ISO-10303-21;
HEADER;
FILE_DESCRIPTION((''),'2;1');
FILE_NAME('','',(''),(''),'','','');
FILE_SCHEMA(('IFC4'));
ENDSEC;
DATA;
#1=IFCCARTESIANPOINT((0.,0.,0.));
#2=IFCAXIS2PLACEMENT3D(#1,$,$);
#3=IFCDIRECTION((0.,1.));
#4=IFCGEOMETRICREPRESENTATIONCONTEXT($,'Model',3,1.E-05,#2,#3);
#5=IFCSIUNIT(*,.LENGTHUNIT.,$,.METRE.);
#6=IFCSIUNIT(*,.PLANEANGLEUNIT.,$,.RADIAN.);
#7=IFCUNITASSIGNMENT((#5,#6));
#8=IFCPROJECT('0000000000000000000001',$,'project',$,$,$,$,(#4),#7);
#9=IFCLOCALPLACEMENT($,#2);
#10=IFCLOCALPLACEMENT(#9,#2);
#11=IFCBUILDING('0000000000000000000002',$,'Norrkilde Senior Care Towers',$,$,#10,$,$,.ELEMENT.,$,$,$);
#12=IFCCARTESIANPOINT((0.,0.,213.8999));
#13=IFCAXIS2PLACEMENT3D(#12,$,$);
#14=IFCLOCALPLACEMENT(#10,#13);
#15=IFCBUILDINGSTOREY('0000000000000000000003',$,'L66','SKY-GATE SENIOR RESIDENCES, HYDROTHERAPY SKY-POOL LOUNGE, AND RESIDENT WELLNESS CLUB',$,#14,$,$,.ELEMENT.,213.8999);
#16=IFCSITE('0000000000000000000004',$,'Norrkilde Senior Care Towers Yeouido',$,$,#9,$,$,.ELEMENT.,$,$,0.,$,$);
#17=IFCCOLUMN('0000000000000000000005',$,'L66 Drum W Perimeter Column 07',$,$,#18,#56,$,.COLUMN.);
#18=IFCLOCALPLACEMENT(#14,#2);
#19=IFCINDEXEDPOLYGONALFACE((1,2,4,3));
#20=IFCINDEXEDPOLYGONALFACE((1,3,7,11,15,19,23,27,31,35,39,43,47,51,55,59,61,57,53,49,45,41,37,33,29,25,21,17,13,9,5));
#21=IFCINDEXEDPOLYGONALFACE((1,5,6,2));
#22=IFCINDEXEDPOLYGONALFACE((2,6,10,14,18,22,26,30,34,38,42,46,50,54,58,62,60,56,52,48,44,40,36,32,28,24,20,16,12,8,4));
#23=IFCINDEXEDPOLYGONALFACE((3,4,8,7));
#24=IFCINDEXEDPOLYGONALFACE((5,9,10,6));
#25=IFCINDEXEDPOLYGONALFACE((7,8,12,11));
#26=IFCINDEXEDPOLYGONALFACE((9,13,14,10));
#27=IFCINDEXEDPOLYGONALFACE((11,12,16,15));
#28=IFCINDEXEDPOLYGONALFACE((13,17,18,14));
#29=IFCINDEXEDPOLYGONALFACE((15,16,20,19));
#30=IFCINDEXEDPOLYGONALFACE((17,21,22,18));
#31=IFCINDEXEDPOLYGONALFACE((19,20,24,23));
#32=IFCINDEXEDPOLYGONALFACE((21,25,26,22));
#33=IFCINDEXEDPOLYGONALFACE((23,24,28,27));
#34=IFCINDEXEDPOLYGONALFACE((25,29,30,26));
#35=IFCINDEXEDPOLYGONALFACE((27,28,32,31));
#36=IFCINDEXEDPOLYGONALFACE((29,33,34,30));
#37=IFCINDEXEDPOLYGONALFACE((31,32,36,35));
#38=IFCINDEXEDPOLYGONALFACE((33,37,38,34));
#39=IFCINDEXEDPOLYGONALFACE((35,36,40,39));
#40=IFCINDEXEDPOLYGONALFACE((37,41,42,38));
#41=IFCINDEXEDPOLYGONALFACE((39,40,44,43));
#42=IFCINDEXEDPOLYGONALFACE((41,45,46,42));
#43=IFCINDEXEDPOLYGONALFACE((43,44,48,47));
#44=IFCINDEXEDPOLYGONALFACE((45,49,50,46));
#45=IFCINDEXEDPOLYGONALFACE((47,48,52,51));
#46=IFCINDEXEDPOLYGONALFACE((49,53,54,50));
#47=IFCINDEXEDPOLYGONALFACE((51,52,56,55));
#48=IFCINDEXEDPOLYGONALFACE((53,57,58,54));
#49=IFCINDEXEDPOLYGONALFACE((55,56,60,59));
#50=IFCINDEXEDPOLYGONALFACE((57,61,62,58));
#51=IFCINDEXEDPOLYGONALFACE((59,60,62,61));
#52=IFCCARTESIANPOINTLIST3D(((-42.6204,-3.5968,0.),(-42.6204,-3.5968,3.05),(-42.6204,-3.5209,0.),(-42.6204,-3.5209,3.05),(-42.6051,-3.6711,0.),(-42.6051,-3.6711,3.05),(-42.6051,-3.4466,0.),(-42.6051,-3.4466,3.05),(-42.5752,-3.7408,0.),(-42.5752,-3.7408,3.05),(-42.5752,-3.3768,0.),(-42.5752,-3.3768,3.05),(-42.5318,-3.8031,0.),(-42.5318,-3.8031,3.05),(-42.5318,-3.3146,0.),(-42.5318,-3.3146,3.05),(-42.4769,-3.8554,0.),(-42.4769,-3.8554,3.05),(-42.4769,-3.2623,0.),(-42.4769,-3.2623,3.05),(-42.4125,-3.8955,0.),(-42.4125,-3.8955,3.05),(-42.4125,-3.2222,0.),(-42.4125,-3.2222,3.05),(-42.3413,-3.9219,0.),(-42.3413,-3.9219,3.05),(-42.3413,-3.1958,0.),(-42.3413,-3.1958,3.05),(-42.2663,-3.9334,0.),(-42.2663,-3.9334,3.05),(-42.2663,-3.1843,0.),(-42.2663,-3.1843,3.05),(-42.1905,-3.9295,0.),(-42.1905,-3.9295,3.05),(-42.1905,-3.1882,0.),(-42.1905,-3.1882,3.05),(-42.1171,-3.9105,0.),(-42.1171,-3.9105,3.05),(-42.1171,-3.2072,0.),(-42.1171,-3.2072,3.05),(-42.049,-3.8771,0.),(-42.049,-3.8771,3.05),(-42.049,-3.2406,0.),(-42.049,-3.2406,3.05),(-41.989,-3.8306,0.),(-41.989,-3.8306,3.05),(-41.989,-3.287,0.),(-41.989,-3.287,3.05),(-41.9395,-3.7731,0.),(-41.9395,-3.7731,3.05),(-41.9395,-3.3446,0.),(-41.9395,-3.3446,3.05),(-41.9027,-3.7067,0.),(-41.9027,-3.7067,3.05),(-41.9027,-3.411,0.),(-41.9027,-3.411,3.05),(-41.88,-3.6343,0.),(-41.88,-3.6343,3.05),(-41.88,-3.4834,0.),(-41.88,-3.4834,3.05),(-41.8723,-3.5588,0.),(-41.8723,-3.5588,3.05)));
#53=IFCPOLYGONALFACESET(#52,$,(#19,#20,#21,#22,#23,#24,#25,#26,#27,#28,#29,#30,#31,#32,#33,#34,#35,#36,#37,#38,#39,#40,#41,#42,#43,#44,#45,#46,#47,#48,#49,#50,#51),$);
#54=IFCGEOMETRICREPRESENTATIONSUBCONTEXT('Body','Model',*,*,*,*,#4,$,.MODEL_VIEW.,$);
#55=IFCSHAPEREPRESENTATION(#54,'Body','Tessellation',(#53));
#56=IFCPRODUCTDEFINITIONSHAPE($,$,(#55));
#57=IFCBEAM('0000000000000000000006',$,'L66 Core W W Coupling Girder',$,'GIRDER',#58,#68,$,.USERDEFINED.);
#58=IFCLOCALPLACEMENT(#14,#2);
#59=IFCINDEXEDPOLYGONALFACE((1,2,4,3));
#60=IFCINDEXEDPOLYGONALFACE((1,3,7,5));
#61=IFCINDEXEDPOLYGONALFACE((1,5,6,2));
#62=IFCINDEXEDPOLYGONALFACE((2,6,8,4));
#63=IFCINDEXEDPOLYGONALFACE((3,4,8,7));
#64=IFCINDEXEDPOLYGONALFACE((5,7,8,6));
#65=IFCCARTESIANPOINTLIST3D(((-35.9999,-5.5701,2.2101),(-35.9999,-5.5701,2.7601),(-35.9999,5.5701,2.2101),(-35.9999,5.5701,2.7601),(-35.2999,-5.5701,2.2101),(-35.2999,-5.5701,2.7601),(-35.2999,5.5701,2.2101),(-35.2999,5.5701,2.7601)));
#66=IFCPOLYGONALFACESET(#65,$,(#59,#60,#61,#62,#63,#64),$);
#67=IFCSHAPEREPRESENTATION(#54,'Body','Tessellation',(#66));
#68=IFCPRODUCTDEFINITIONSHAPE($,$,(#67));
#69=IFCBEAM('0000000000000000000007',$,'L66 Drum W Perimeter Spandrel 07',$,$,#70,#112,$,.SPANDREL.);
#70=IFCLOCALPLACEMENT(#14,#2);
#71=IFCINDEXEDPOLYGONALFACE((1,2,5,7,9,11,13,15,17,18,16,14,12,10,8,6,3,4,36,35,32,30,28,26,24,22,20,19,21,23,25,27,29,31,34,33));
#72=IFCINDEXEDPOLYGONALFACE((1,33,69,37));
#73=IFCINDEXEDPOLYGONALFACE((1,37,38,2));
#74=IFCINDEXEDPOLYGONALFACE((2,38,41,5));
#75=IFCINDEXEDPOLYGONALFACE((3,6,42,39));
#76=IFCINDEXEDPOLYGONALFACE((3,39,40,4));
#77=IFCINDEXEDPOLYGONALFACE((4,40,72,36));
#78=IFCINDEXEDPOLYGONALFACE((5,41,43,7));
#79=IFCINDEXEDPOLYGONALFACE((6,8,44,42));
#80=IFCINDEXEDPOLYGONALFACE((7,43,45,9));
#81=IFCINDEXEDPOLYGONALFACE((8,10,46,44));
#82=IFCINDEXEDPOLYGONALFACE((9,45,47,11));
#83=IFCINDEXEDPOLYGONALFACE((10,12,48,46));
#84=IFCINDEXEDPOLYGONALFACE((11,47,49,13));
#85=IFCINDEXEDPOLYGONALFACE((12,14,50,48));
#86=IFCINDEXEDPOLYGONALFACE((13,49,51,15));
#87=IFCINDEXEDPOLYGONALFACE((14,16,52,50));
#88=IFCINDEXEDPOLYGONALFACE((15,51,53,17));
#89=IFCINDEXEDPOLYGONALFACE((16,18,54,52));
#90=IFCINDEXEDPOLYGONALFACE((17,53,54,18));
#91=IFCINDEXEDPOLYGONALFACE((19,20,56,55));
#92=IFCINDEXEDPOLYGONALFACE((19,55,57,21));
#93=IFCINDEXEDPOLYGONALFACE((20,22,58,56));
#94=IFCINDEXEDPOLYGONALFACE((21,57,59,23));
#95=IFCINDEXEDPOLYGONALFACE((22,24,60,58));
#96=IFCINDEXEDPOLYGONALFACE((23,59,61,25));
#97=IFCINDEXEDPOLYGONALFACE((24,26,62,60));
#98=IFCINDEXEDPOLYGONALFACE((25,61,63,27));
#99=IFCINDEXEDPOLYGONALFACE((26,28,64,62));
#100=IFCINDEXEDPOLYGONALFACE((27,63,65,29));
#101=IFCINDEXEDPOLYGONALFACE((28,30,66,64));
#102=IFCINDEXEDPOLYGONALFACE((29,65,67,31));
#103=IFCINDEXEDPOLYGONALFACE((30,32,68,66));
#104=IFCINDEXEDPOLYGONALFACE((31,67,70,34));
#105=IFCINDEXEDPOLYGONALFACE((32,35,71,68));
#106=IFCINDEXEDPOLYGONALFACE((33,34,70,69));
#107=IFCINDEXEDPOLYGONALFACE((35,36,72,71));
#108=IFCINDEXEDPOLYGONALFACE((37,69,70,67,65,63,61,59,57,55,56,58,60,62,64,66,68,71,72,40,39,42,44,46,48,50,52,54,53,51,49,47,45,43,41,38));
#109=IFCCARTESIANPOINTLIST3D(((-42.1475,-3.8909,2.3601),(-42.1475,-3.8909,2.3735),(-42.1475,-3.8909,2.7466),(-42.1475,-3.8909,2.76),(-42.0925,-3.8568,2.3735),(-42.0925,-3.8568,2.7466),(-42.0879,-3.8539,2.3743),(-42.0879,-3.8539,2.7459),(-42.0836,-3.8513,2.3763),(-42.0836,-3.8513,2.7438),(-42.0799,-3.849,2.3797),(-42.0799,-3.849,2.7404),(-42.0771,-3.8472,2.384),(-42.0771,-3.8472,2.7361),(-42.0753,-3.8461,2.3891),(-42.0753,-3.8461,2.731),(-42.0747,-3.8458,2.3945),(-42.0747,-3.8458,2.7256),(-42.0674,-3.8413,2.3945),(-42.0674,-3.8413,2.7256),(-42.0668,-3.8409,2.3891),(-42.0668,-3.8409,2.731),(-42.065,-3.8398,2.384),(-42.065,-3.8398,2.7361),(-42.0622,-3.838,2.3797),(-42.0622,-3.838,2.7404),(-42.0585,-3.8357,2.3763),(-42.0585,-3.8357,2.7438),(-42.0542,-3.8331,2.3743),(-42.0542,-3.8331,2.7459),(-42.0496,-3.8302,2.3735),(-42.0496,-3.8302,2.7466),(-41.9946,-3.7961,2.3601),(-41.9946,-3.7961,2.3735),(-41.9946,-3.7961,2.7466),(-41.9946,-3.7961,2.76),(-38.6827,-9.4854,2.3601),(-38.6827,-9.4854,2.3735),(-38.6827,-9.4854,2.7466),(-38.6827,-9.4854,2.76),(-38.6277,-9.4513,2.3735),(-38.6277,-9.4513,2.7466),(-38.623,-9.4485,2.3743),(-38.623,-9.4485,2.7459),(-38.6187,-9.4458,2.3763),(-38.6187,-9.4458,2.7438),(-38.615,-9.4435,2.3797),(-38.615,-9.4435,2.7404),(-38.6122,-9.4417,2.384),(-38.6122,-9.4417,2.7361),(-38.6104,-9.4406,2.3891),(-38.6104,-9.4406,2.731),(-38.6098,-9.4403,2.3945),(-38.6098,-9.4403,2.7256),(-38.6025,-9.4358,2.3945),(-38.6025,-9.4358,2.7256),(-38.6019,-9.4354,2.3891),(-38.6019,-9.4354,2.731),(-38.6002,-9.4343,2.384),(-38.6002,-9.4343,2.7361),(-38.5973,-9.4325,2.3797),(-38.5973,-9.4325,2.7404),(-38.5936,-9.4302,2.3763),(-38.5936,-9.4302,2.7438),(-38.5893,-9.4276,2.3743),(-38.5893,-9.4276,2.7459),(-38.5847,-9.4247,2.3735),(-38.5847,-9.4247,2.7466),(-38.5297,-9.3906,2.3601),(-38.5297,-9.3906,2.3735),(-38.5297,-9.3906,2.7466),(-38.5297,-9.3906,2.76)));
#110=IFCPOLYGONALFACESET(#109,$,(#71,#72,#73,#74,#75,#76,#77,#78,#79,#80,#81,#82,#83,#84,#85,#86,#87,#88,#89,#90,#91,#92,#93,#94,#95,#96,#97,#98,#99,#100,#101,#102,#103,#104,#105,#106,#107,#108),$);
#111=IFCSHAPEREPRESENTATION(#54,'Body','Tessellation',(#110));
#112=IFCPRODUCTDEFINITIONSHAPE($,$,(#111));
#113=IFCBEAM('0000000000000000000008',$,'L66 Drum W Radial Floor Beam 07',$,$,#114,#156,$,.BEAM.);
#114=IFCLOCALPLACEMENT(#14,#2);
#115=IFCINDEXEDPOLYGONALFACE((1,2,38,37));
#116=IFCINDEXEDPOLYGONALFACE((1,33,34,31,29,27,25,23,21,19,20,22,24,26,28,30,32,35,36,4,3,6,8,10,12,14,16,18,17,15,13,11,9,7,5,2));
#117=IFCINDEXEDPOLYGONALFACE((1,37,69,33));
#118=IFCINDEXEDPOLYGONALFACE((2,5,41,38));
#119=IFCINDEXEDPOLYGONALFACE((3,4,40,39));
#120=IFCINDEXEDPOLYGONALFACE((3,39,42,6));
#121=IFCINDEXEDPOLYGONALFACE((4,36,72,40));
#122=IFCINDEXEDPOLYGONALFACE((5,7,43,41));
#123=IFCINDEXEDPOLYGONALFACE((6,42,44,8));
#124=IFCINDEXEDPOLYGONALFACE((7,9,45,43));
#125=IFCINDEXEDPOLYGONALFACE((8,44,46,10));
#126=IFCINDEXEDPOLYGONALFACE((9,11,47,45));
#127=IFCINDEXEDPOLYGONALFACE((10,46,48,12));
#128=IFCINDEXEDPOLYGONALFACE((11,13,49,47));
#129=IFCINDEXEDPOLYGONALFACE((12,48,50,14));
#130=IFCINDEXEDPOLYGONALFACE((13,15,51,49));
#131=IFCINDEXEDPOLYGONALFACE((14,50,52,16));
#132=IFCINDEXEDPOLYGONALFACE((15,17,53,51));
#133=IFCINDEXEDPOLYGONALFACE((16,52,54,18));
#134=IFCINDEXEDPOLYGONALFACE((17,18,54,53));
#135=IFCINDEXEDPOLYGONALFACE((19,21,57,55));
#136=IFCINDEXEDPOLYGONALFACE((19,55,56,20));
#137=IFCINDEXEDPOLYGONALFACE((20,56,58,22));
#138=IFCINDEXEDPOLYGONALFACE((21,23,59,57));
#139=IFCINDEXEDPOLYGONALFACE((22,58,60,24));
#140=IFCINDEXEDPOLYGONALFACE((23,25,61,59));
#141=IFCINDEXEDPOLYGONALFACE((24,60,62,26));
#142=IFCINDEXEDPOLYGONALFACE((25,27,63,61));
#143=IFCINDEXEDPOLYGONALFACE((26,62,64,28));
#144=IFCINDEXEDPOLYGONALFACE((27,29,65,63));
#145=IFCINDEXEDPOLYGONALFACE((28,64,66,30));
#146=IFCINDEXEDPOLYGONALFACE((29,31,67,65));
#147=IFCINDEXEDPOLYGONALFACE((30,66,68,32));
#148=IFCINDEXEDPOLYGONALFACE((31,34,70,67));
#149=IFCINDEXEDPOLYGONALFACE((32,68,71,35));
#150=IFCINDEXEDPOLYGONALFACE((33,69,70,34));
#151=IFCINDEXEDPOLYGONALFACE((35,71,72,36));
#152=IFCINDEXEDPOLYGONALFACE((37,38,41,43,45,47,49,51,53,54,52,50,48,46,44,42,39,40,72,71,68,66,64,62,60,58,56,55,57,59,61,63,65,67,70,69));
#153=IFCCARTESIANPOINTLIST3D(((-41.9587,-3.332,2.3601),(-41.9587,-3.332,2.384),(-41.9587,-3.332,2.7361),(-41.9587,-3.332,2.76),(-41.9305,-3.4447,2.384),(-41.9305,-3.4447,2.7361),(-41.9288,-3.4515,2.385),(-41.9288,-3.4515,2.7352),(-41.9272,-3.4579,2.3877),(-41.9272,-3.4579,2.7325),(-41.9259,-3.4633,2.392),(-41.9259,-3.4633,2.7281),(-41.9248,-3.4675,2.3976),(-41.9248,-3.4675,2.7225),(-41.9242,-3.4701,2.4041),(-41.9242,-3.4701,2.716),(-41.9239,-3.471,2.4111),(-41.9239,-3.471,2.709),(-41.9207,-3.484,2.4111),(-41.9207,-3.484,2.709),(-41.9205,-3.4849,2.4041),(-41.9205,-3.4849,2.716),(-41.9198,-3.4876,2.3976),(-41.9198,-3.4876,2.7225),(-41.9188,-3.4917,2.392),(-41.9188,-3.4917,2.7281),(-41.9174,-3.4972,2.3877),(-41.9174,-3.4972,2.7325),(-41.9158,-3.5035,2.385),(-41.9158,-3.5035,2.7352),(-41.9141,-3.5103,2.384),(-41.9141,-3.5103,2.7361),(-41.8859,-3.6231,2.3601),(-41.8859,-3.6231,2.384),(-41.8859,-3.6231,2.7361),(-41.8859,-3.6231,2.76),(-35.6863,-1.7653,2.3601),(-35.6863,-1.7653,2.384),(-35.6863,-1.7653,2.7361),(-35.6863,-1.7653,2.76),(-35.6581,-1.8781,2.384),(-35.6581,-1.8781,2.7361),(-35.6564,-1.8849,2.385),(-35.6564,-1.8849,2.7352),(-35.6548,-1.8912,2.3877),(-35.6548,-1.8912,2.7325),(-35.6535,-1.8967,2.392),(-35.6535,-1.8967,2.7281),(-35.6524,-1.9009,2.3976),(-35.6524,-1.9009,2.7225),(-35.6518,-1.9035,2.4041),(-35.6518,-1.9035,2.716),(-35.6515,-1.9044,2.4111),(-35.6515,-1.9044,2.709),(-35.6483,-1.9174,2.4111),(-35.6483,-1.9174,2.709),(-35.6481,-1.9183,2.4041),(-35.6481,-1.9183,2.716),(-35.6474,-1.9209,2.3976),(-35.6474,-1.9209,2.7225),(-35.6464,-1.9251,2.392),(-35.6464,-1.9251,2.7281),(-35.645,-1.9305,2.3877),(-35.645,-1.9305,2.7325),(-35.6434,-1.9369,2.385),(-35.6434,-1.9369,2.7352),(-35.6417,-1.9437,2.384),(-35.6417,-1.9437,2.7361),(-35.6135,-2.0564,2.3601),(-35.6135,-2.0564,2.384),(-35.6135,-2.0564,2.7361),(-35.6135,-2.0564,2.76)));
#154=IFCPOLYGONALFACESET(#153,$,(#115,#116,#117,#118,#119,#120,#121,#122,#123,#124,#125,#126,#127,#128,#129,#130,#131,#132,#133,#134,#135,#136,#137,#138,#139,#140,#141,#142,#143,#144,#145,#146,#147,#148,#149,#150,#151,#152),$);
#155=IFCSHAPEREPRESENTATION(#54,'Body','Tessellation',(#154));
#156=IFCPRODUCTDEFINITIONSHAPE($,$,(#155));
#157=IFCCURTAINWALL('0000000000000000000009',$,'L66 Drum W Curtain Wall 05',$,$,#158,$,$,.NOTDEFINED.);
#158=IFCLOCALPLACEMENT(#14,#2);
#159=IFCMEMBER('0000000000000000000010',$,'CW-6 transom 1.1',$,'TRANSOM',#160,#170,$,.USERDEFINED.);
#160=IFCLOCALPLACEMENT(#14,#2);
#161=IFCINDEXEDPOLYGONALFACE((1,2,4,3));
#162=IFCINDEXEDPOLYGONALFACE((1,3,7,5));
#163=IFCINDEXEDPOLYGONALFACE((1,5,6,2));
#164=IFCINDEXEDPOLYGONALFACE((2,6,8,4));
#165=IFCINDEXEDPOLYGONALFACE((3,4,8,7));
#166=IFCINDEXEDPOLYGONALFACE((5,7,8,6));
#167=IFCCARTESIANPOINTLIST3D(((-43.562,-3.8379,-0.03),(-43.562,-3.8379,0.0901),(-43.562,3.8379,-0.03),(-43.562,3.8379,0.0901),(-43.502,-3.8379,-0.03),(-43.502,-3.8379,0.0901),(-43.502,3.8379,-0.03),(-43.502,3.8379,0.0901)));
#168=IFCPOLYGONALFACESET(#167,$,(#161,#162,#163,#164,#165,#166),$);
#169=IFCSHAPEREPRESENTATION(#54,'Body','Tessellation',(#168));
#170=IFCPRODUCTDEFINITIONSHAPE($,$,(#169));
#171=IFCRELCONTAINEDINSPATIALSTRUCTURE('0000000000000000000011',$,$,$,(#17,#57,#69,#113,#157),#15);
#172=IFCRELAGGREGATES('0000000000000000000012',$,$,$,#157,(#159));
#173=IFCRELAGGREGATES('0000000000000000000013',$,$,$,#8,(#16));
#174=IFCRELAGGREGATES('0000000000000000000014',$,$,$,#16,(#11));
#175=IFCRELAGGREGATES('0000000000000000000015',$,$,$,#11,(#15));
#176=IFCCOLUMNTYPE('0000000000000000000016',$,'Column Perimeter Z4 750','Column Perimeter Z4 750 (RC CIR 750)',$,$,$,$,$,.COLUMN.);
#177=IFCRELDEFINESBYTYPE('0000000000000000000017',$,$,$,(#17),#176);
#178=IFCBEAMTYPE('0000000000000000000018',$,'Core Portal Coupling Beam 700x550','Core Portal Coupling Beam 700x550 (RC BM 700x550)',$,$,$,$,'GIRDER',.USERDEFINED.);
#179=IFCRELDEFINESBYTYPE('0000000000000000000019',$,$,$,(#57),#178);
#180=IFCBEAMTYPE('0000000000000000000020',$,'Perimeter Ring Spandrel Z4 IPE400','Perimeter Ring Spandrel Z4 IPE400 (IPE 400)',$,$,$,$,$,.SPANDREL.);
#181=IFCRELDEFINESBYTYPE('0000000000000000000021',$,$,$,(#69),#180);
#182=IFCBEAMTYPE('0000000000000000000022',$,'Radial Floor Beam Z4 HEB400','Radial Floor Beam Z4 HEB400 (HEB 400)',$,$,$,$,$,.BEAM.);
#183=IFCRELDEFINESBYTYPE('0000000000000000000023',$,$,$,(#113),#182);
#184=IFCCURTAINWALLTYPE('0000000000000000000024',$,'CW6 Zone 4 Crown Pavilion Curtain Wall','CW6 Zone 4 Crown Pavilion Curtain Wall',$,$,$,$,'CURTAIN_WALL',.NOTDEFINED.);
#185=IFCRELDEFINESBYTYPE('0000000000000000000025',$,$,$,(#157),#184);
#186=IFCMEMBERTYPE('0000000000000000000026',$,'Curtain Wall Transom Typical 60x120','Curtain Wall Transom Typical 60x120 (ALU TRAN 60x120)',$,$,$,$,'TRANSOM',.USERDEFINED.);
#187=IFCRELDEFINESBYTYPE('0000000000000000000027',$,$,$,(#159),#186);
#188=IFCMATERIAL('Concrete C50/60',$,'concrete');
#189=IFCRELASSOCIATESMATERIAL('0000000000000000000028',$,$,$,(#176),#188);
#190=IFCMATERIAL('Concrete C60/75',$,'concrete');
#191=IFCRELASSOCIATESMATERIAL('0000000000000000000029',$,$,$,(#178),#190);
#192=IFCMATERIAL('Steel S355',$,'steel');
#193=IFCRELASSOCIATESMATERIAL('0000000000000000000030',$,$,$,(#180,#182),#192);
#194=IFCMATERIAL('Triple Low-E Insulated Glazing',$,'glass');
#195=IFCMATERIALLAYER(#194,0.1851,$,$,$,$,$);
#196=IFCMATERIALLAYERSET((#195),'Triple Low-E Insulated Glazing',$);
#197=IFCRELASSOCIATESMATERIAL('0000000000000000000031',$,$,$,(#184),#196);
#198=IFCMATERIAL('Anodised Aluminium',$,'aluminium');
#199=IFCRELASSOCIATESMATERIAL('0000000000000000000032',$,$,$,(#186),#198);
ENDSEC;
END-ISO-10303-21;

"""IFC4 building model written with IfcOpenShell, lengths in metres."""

from ifc_helpers import new_model, si_unit, direction, frame, origin, origin_2d, place, context, subcontext, project, spatial, rectangle, circle, i_section, extrude, source, transform, mapped, material, layer, layer_set, material_profile, profile_set, type_object, type_shapes, element, aggregate, save


model = new_model("IFC4")

# Units and contexts
model_context = context("Model", 3, precision=1e-05, world=origin(), true_north=direction((0.0, 1.0)))
body_context = subcontext(model_context, "Body", "Model", "MODEL_VIEW")
ifc_project = project(units=[si_unit("LENGTHUNIT", "METRE"), si_unit("PLANEANGLEUNIT", "RADIAN")], contexts=[model_context])

# Site, building, storey
site_placement = place(None, origin())
site = spatial("IfcSite", under=ifc_project, at=site_placement, Name="Norrkilde Senior Care Towers Yeouido", CompositionType="ELEMENT", RefElevation=0.0)
building_placement = place(site_placement, origin())
building = spatial("IfcBuilding", under=site, at=building_placement, Name="Norrkilde Senior Care Towers", CompositionType="ELEMENT")
storey_placement = place(building_placement, frame((0.0, 0.0, 213.8999)))
storey = spatial("IfcBuildingStorey", under=building, at=storey_placement, Name="L66", Description="SKY-GATE SENIOR RESIDENCES, HYDROTHERAPY SKY-POOL LOUNGE, AND RESIDENT WELLNESS CLUB", CompositionType="ELEMENT", Elevation=213.8999)

# Column
ifc_material_1 = material(Name="Concrete C50/60", Category="concrete")
ifc_material_profile_1 = material_profile(ifc_material_1, circle(Radius=0.375, at=origin_2d()), Name="RC CIR 750")
ifc_profile_set_1 = profile_set([ifc_material_profile_1], Name="Concrete C50/60")
column_type = type_object("IfcColumnType", Name="Column Perimeter Z4 750", Description="Column Perimeter Z4 750 (RC CIR 750)", PredefinedType="COLUMN", material=ifc_profile_set_1)
shared_shape_1 = source(origin(), body_context, "Body", "SweptSolid", [
    extrude(circle(Radius=0.375, at=origin_2d()), origin(), (0.0, 0.0, 1.0), 3.05),
])
type_shapes(column_type, [shared_shape_1])
column_placement = place(storey_placement, frame((-42.2473, -3.5588, 0.0), z_axis=(0.0, 0.0, 1.0), x_axis=(1.0, 0.0, 0.0)))
element("IfcColumn", 1, at=column_placement, inside=storey, type_object=column_type, Name="L66 Drum W Perimeter Column 07", PredefinedType="COLUMN", context=body_context, shape_type="MappedRepresentation", body=[
    mapped(shared_shape_1, transform((0.0, 0.0, 0.0), x_axis=(1.0, 0.0, 0.0), y_axis=(0.0, 1.0, 0.0), z_axis=(0.0, 0.0, 1.0), scale=1.0)),
])

# Beams
ifc_material_2 = material(Name="Concrete C60/75", Category="concrete")
ifc_material_profile_2 = material_profile(ifc_material_2, rectangle(XDim=0.7, YDim=0.55, at=origin_2d()), Name="RC BM 700x550")
ifc_profile_set_2 = profile_set([ifc_material_profile_2], Name="Concrete C60/75")
beam_type_1 = type_object("IfcBeamType", Name="Core Portal Coupling Beam 700x550", Description="Core Portal Coupling Beam 700x550 (RC BM 700x550)", ElementType="GIRDER", PredefinedType="USERDEFINED", material=ifc_profile_set_2)
shared_shape_2 = source(origin(), body_context, "Body", "SweptSolid", [
    extrude(rectangle(XDim=0.7, YDim=0.55, at=origin_2d()), origin(), (0.0, 0.0, 1.0), 11.1401),
])
type_shapes(beam_type_1, [shared_shape_2])
beam_1_placement = place(storey_placement, frame((-35.6499, -5.5701, 2.4851), z_axis=(0.0, 1.0, 0.0), x_axis=(-1.0, 0.0, 0.0)))
element("IfcBeam", 2, at=beam_1_placement, inside=storey, type_object=beam_type_1, Name="L66 Core W W Coupling Girder", ObjectType="GIRDER", PredefinedType="USERDEFINED", context=body_context, shape_type="MappedRepresentation", body=[
    mapped(shared_shape_2, transform((0.0, 0.0, 0.0), x_axis=(1.0, 0.0, 0.0), y_axis=(0.0, 1.0, 0.0), z_axis=(0.0, 0.0, 1.0), scale=1.0)),
])
ifc_material_3 = material(Name="Steel S355", Category="steel")
ifc_material_profile_3 = material_profile(ifc_material_3, i_section(OverallWidth=0.1799, OverallDepth=0.3999, WebThickness=0.0085, FlangeThickness=0.0134, FilletRadius=0.021, at=origin_2d()), Name="IPE 400")
ifc_profile_set_3 = profile_set([ifc_material_profile_3], Name="Steel S355")
beam_type_2 = type_object("IfcBeamType", Name="Perimeter Ring Spandrel Z4 IPE400", Description="Perimeter Ring Spandrel Z4 IPE400 (IPE 400)", PredefinedType="SPANDREL", material=ifc_profile_set_3)
shared_shape_3 = source(origin(), body_context, "Body", "SweptSolid", [
    extrude(i_section(OverallWidth=0.1799, OverallDepth=0.3999, WebThickness=0.0085, FlangeThickness=0.0134, FilletRadius=0.021, at=origin_2d()), origin(), (0.0, 0.0, 1.0), 6.5806),
])
type_shapes(beam_type_2, [shared_shape_3])
beam_2_placement = place(storey_placement, frame((-42.071, -3.8435, 2.5601), z_axis=(0.52653, -0.850157, 0.0), x_axis=(0.850157, 0.52653, 0.0)))
element("IfcBeam", 3, at=beam_2_placement, inside=storey, type_object=beam_type_2, Name="L66 Drum W Perimeter Spandrel 07", PredefinedType="SPANDREL", context=body_context, shape_type="MappedRepresentation", body=[
    mapped(shared_shape_3, transform((0.0, 0.0, 0.0), x_axis=(1.0, 0.0, 0.0), y_axis=(0.0, 1.0, 0.0), z_axis=(0.0, 0.0, 1.0), scale=1.0)),
])
ifc_material_profile_4 = material_profile(ifc_material_3, i_section(OverallWidth=0.3, OverallDepth=0.3999, WebThickness=0.0134, FlangeThickness=0.0239, FilletRadius=0.0271, at=origin_2d()), Name="HEB 400")
ifc_profile_set_4 = profile_set([ifc_material_profile_4], Name="Steel S355")
beam_type_3 = type_object("IfcBeamType", Name="Radial Floor Beam Z4 HEB400", Description="Radial Floor Beam Z4 HEB400 (HEB 400)", PredefinedType="BEAM", material=ifc_profile_set_4)
shared_shape_4 = source(origin(), body_context, "Body", "SweptSolid", [
    extrude(i_section(OverallWidth=0.3, OverallDepth=0.3999, WebThickness=0.0134, FlangeThickness=0.0239, FilletRadius=0.0271, at=origin_2d()), origin(), (0.0, 0.0, 1.0), 6.4651),
])
type_shapes(beam_type_3, [shared_shape_4])
beam_3_placement = place(storey_placement, frame((-35.6499, -1.9109, 2.5601), z_axis=(-0.970196, -0.242322, 0.0), x_axis=(0.242322, -0.970196, 0.0)))
element("IfcBeam", 4, at=beam_3_placement, inside=storey, type_object=beam_type_3, Name="L66 Drum W Radial Floor Beam 07", PredefinedType="BEAM", context=body_context, shape_type="MappedRepresentation", body=[
    mapped(shared_shape_4, transform((0.0, 0.0, 0.0), x_axis=(1.0, 0.0, 0.0), y_axis=(0.0, 1.0, 0.0), z_axis=(0.0, 0.0, 1.0), scale=1.0)),
])

# Curtain wall, member
ifc_material_4 = material(Name="Triple Low-E Insulated Glazing", Category="glass")
ifc_layer_1 = layer(ifc_material_4, 0.1851)
ifc_layer_set_1 = layer_set([ifc_layer_1], Name="Triple Low-E Insulated Glazing")
curtain_wall_type = type_object("IfcCurtainWallType", Name="CW6 Zone 4 Crown Pavilion Curtain Wall", Description="CW6 Zone 4 Crown Pavilion Curtain Wall", ElementType="CURTAIN_WALL", PredefinedType="NOTDEFINED", material=ifc_layer_set_1)
curtain_wall_1_placement = place(storey_placement, origin())
curtain_wall_1 = element("IfcCurtainWall", 5, at=curtain_wall_1_placement, inside=storey, type_object=curtain_wall_type, Name="L66 Drum W Curtain Wall 05", PredefinedType="NOTDEFINED")
ifc_material_5 = material(Name="Anodised Aluminium", Category="aluminium")
ifc_material_profile_5 = material_profile(ifc_material_5, rectangle(XDim=0.0601, YDim=0.1201, at=origin_2d()), Name="ALU TRAN 60x120")
ifc_profile_set_5 = profile_set([ifc_material_profile_5], Name="Anodised Aluminium")
member_type_1 = type_object("IfcMemberType", Name="Curtain Wall Transom Typical 60x120", Description="Curtain Wall Transom Typical 60x120 (ALU TRAN 60x120)", ElementType="TRANSOM", PredefinedType="USERDEFINED", material=ifc_profile_set_5)
shared_shape_5 = source(origin(), body_context, "Body", "SweptSolid", [
    extrude(rectangle(XDim=0.0601, YDim=0.1201, at=origin_2d()), origin(), (0.0, 0.0, 1.0), 7.6758),
])
type_shapes(member_type_1, [shared_shape_5])
member_1_placement = place(storey_placement, frame((-43.532, -3.8379, 0.03), z_axis=(0.0, 1.0, 0.0), x_axis=(-1.0, 0.0, 0.0)))
member_1 = element("IfcMember", 6, at=member_1_placement, type_object=member_type_1, Name="CW-6 transom 1.1", ObjectType="TRANSOM", PredefinedType="USERDEFINED", context=body_context, shape_type="MappedRepresentation", body=[
    mapped(shared_shape_5, transform((0.0, 0.0, 0.0), x_axis=(1.0, 0.0, 0.0), y_axis=(0.0, 1.0, 0.0), z_axis=(0.0, 0.0, 1.0), scale=1.0)),
])

aggregate(curtain_wall_1, [member_1])

save(model, "model.ifc")
